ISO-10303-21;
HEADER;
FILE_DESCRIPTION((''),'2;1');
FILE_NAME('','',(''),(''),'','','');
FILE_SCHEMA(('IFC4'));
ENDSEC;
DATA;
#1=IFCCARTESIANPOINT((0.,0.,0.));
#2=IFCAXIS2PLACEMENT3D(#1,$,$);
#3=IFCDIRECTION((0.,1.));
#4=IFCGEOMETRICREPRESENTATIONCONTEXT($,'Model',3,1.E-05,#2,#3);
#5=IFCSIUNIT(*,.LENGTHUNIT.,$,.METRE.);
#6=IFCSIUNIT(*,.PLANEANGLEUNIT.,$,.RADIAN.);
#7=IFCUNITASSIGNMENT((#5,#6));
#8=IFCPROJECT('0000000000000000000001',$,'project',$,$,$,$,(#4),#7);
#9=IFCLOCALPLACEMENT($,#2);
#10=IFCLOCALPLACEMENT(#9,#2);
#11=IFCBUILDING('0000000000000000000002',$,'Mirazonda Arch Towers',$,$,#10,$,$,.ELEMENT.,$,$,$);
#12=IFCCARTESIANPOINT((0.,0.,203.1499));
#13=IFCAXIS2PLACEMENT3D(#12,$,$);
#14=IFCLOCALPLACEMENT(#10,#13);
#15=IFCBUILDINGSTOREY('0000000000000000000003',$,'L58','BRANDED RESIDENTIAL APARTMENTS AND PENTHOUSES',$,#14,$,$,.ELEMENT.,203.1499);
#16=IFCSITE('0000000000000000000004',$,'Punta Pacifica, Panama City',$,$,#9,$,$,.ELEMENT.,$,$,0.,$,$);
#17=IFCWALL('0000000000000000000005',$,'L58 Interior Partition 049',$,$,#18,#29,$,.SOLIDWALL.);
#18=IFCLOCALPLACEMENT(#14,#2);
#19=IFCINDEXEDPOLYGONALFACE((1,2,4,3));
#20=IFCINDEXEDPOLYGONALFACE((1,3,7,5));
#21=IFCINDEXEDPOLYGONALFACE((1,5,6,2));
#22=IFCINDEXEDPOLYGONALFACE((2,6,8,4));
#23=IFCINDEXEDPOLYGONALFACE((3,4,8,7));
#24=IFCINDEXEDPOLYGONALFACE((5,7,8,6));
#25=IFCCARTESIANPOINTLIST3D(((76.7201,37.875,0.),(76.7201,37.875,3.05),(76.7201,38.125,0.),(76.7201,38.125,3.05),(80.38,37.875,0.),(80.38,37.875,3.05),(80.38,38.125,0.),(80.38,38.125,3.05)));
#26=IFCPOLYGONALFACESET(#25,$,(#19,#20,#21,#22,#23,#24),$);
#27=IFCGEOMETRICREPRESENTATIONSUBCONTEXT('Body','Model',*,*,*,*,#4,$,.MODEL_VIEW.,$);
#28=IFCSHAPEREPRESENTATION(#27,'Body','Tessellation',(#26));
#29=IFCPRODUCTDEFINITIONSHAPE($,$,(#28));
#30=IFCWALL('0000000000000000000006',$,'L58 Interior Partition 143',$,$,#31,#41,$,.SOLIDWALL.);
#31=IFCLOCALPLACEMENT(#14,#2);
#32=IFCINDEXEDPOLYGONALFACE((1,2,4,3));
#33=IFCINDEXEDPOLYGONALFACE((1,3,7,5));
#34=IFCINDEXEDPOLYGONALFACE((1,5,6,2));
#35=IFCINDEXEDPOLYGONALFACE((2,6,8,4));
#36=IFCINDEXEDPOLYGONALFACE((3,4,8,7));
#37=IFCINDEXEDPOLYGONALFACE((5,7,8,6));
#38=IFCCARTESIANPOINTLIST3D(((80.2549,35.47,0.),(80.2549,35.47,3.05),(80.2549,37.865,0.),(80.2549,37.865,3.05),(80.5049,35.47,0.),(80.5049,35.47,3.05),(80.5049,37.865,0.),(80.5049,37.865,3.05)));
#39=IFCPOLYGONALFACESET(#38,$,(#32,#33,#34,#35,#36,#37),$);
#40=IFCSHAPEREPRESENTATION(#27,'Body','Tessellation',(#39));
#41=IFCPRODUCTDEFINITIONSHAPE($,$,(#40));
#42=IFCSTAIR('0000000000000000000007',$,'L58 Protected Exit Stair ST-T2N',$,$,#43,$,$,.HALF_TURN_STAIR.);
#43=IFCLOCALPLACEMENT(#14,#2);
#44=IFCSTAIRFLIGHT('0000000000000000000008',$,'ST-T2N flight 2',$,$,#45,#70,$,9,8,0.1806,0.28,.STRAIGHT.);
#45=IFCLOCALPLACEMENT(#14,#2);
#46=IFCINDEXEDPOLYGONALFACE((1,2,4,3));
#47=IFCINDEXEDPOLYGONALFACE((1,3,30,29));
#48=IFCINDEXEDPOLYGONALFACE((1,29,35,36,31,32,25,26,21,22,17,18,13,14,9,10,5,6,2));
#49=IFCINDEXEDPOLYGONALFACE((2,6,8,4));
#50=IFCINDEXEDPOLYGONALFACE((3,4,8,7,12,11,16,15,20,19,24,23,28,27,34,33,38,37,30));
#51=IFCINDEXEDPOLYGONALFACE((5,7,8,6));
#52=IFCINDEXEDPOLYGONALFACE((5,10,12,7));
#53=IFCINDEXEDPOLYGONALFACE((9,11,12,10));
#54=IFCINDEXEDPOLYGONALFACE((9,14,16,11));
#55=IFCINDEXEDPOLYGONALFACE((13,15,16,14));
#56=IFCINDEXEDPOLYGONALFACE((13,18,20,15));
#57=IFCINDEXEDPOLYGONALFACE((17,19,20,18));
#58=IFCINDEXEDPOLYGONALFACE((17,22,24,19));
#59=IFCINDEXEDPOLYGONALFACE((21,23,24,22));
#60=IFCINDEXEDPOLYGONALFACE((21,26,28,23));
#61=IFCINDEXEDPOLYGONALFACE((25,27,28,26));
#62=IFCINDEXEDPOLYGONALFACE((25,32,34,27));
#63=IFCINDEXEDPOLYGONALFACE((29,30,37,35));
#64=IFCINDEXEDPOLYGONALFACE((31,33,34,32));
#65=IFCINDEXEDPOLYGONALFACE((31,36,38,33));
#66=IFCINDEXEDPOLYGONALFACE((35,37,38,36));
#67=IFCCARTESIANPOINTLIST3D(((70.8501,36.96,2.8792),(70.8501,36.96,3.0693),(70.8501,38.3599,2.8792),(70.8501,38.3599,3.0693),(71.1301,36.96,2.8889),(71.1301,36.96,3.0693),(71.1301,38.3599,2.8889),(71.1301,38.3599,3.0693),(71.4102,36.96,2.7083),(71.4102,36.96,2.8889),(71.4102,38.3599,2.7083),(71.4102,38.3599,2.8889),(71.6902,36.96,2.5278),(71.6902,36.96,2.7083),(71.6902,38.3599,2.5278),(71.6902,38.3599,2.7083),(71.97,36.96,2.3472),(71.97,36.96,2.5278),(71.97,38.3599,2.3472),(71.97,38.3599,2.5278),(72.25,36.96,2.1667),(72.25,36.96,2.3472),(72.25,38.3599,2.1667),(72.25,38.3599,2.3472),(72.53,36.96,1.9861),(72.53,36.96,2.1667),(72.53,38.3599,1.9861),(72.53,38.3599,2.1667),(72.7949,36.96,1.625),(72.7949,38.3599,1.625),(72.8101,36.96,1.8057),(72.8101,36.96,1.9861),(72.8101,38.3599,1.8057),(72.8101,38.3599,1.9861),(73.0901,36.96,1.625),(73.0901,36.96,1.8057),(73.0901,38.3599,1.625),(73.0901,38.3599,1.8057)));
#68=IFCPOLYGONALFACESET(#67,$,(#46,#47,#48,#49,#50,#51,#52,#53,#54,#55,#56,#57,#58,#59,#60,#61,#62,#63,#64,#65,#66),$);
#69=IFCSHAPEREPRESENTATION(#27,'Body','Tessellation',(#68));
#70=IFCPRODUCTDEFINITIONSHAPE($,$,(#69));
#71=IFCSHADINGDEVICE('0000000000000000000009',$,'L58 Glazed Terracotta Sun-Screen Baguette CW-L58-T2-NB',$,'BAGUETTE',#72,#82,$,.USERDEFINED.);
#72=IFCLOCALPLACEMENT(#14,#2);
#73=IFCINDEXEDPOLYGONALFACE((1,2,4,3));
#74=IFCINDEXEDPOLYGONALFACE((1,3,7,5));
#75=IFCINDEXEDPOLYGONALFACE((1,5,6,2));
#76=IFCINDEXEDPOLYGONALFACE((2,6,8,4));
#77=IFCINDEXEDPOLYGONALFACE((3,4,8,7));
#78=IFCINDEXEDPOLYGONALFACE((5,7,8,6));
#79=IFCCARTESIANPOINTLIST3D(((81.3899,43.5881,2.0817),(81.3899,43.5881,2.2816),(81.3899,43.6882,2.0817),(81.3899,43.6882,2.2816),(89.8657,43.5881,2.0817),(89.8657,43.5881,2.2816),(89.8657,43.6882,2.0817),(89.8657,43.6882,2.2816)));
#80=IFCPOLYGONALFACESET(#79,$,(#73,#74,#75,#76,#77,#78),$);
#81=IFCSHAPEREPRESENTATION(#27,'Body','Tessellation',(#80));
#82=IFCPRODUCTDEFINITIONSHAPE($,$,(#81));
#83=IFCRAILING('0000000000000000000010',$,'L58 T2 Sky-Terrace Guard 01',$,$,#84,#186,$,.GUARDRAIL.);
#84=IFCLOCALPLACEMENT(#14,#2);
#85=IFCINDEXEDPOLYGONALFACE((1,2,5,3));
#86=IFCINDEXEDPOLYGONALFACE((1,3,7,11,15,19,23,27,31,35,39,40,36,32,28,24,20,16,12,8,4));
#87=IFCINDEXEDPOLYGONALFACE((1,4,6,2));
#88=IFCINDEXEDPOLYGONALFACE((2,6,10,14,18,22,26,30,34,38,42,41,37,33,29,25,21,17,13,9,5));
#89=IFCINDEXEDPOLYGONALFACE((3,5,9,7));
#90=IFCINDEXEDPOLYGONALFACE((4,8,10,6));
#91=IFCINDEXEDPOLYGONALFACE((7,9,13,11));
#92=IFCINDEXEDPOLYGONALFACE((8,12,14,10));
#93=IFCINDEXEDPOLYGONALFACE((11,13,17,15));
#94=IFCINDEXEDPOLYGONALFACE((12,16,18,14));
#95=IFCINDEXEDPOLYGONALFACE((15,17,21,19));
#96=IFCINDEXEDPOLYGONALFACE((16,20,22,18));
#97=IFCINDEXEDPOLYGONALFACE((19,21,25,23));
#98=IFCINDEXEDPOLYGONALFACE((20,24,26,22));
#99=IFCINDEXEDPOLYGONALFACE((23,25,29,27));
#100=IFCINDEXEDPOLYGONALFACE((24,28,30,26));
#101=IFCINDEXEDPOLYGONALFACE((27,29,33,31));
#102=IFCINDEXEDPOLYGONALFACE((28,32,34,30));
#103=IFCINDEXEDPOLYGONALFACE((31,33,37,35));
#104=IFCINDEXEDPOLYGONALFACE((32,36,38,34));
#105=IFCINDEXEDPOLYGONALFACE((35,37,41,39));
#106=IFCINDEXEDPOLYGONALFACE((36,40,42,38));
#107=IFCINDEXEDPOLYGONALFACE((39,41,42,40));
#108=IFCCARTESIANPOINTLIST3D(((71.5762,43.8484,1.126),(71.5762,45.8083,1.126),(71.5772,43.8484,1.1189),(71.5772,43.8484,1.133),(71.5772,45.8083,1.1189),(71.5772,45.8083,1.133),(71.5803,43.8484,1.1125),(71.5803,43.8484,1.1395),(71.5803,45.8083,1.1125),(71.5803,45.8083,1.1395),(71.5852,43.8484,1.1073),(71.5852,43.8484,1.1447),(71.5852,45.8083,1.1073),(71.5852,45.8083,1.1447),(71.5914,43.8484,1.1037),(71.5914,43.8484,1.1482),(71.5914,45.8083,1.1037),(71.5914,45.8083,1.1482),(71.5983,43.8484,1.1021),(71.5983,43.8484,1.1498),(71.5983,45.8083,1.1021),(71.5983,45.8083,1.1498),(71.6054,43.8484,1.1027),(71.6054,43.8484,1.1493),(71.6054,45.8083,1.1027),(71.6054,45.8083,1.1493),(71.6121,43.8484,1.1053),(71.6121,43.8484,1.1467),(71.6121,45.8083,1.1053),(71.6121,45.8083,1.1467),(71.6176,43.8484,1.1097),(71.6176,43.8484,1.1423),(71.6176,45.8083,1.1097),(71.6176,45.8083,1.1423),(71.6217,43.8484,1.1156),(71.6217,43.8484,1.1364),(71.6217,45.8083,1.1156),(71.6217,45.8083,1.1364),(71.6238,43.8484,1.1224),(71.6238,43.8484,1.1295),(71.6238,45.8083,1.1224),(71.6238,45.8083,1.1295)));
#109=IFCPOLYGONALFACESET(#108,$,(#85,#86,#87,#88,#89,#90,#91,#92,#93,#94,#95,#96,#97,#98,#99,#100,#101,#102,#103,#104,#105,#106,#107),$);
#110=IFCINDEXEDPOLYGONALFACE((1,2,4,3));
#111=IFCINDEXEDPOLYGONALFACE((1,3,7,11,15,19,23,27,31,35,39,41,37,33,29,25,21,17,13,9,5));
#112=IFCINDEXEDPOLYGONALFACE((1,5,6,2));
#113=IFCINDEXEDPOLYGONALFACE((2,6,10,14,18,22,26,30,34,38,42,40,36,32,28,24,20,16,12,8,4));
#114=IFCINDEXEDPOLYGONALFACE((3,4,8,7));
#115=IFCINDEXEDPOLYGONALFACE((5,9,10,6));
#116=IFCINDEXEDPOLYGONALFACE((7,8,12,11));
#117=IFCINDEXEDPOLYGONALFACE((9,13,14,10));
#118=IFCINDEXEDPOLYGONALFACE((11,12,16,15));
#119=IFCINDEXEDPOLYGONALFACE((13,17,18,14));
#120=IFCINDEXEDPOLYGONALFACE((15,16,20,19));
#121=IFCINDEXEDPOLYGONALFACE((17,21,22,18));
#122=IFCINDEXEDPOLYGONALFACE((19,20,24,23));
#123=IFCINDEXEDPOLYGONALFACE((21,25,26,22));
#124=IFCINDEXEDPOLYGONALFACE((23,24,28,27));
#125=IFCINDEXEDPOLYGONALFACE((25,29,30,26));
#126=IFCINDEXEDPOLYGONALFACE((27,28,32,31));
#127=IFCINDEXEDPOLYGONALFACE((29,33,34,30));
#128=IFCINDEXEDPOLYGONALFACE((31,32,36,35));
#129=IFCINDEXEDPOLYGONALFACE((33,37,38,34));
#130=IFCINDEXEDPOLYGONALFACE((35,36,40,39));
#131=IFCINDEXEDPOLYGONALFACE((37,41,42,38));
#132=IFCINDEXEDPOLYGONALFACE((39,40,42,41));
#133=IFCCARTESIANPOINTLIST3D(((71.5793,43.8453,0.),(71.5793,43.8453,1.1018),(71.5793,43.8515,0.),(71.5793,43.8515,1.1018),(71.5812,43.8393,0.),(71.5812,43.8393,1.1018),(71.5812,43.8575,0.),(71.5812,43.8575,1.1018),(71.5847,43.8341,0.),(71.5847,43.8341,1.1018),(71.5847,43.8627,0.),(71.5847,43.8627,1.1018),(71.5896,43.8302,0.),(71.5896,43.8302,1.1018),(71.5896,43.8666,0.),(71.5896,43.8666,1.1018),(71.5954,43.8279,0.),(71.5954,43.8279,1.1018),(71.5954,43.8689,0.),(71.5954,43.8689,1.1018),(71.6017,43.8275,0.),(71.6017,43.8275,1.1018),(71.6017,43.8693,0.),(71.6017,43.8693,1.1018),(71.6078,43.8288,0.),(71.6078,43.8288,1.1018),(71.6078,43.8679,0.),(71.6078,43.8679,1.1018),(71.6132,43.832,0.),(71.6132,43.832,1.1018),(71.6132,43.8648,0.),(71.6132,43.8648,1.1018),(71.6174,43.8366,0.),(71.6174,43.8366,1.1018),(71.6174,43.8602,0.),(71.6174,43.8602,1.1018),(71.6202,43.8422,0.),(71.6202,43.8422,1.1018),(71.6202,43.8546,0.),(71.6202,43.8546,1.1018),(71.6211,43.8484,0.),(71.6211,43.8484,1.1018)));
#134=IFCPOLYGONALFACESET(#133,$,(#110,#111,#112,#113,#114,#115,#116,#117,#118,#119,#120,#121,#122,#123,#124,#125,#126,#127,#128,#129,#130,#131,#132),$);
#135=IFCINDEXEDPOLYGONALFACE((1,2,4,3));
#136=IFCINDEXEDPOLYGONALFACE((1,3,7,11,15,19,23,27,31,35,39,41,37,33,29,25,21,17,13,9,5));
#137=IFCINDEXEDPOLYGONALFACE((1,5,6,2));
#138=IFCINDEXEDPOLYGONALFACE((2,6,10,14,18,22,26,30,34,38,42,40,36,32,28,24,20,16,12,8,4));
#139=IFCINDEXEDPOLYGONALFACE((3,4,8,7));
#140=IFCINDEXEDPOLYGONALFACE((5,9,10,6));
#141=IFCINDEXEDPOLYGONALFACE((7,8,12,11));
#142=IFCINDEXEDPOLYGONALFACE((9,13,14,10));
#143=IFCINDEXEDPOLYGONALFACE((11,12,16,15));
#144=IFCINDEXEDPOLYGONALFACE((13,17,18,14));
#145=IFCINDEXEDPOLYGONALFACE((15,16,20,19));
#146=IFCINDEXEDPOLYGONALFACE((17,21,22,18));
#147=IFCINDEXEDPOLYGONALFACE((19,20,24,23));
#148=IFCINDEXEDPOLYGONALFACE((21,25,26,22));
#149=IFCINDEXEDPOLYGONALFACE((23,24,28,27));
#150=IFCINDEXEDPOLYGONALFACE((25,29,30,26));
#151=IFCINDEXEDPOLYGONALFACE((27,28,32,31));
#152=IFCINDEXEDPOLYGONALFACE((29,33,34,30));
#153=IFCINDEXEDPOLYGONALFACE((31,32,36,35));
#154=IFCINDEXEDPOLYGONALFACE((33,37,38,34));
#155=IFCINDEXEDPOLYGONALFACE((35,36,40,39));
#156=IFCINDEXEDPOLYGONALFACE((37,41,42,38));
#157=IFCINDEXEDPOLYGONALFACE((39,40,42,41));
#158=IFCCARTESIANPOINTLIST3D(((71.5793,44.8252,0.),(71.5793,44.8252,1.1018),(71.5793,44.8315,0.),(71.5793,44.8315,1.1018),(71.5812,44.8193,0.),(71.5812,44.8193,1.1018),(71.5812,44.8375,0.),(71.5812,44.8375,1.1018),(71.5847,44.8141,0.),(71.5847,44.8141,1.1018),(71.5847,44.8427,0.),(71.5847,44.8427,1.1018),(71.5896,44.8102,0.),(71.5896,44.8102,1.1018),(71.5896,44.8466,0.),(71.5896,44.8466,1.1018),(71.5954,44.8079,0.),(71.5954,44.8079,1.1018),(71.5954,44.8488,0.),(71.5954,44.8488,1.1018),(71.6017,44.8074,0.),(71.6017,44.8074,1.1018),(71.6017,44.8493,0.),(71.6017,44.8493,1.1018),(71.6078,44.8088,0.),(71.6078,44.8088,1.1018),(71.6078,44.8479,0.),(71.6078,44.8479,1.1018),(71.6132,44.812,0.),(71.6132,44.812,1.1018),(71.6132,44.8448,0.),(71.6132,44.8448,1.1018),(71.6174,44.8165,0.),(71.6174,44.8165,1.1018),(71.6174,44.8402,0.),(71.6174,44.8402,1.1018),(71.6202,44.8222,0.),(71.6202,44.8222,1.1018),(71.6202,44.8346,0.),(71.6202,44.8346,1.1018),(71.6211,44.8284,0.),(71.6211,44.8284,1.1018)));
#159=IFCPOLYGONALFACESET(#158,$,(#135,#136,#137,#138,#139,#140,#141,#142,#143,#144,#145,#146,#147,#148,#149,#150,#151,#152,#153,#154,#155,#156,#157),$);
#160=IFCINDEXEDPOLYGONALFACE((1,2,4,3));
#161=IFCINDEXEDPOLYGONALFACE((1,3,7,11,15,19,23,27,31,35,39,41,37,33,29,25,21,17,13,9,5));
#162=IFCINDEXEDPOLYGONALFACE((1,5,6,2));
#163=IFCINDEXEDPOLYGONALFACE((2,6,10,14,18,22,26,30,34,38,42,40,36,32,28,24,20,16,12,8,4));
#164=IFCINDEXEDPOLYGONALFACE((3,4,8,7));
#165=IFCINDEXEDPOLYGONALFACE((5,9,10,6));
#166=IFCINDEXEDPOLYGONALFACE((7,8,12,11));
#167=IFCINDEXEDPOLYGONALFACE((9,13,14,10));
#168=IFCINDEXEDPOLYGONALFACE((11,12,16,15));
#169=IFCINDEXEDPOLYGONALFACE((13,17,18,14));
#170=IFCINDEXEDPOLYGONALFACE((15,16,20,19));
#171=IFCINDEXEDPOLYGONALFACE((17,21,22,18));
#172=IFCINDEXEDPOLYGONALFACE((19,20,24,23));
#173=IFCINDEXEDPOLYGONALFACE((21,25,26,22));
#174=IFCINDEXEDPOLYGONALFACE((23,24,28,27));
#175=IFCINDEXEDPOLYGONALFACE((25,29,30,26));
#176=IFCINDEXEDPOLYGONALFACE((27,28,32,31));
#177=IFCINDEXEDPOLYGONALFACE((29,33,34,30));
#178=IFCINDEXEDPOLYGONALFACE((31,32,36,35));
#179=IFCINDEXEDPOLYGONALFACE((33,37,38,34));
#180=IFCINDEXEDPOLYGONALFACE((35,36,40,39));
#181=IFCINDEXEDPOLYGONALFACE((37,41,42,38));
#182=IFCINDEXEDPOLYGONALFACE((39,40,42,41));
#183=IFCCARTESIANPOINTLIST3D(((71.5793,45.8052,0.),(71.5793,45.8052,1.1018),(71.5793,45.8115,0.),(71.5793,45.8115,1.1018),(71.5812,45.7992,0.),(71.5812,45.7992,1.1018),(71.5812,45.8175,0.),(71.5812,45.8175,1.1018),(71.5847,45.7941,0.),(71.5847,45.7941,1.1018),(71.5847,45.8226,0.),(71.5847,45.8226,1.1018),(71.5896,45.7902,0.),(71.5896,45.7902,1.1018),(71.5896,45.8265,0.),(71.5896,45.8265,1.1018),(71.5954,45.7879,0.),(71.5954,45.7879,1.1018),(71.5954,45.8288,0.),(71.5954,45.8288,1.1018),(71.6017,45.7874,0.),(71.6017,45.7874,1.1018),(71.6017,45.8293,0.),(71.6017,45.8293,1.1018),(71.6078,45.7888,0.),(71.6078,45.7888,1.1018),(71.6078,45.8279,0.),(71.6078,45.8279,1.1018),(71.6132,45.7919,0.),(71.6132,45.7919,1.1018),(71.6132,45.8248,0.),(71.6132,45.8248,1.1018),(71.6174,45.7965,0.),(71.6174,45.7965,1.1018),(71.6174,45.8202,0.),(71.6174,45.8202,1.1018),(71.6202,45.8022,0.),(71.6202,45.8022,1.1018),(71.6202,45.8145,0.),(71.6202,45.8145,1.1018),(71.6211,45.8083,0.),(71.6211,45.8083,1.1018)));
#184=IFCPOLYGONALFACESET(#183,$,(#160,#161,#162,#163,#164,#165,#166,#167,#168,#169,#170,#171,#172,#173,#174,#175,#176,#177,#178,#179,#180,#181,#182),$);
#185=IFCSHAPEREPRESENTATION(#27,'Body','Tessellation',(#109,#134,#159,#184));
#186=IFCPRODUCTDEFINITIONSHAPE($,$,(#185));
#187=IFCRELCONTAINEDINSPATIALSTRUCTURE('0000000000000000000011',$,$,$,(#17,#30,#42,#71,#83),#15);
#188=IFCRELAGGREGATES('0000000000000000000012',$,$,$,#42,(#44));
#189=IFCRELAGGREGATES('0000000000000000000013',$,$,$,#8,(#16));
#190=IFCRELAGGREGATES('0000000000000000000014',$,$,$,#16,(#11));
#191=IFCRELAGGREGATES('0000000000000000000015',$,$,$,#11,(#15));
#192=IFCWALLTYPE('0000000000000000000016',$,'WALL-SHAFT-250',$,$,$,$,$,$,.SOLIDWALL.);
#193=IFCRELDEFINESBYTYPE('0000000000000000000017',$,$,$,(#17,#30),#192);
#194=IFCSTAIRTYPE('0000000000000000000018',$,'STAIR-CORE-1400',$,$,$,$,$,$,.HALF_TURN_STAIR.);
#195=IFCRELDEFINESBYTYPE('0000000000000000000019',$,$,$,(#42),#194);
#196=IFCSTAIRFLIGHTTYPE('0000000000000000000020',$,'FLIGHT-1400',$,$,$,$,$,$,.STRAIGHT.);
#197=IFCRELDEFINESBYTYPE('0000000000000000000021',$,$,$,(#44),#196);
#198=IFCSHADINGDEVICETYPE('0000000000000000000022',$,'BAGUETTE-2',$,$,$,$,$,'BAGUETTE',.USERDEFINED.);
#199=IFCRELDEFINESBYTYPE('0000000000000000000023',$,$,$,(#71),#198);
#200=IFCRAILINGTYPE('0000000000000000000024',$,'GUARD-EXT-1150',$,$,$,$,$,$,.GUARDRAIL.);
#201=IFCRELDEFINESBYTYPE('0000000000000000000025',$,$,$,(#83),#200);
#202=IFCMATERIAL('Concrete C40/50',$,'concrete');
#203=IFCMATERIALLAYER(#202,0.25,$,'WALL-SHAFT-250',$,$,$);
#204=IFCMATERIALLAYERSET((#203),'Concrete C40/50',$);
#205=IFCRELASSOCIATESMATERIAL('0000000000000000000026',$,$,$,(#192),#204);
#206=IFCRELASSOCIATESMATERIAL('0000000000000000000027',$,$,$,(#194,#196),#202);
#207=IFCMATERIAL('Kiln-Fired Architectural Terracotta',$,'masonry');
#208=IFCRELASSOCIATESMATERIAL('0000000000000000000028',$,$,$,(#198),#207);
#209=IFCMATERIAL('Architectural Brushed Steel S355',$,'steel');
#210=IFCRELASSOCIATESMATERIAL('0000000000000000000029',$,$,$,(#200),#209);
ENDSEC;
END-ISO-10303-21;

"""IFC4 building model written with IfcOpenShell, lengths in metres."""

from ifc_helpers import new_model, si_unit, direction, frame, frame_2d, origin, origin_2d, place, context, subcontext, project, spatial, polyline, rectangle, circle, outline, extrude, material, layer, layer_set, material_profile, profile_set, type_object, element, aggregate, save


model = new_model("IFC4")

# Units and contexts
model_context = context("Model", 3, precision=1e-05, world=origin(), true_north=direction((0.0, 1.0)))
body_context = subcontext(model_context, "Body", "Model", "MODEL_VIEW")
ifc_project = project(units=[si_unit("LENGTHUNIT", "METRE"), si_unit("PLANEANGLEUNIT", "RADIAN")], contexts=[model_context])

# Site, building, storey
site_placement = place(None, origin())
site = spatial("IfcSite", under=ifc_project, at=site_placement, Name="Punta Pacifica, Panama City", CompositionType="ELEMENT", RefElevation=0.0)
building_placement = place(site_placement, origin())
building = spatial("IfcBuilding", under=site, at=building_placement, Name="Mirazonda Arch Towers", CompositionType="ELEMENT")
storey_placement = place(building_placement, frame((0.0, 0.0, 203.1499)))
storey = spatial("IfcBuildingStorey", under=building, at=storey_placement, Name="L58", Description="BRANDED RESIDENTIAL APARTMENTS AND PENTHOUSES", CompositionType="ELEMENT", Elevation=203.1499)

# Shared definitions
ifc_material_1 = material(Name="Concrete C40/50", Category="concrete")

# Shared definitions
ifc_material_2 = material(Name="Architectural Brushed Steel S355", Category="steel")

# Walls
ifc_layer_1 = layer(ifc_material_1, 0.25, Name="WALL-SHAFT-250")
ifc_layer_set_1 = layer_set([ifc_layer_1], Name="Concrete C40/50")
wall_type_1 = type_object("IfcWallType", Name="WALL-SHAFT-250", PredefinedType="SOLIDWALL", material=ifc_layer_set_1)
wall_1_placement = place(storey_placement, frame((76.72, 38.0, 0.0), z_axis=(0.0, 0.0, 1.0), x_axis=(1.0, 0.0, 0.0)))
element("IfcWall", 1, at=wall_1_placement, inside=storey, type_object=wall_type_1, Name="L58 Interior Partition 049", PredefinedType="SOLIDWALL", context=body_context, shape_type="SweptSolid", body=[
    extrude(rectangle(XDim=3.6599, YDim=0.25, at=frame_2d((1.8301, 0.0))), origin(), (0.0, 0.0, 1.0), 3.05),
])
wall_2_placement = place(storey_placement, frame((80.3799, 35.47, 0.0), z_axis=(0.0, 0.0, 1.0), x_axis=(0.0, 1.0, 0.0)))
element("IfcWall", 2, at=wall_2_placement, inside=storey, type_object=wall_type_1, Name="L58 Interior Partition 143", PredefinedType="SOLIDWALL", context=body_context, shape_type="SweptSolid", body=[
    extrude(rectangle(XDim=2.395, YDim=0.25, at=frame_2d((1.1975, 0.0))), origin(), (0.0, 0.0, 1.0), 3.05),
])

# Stair, stair flight
stair_type = type_object("IfcStairType", Name="STAIR-CORE-1400", PredefinedType="HALF_TURN_STAIR", material=ifc_material_1)
stair_placement = place(storey_placement, origin())
stair = element("IfcStair", 3, at=stair_placement, inside=storey, type_object=stair_type, Name="L58 Protected Exit Stair ST-T2N", PredefinedType="HALF_TURN_STAIR")
stair_flight_type = type_object("IfcStairFlightType", Name="FLIGHT-1400", PredefinedType="STRAIGHT", material=ifc_material_1)
stair_flight_placement = place(storey_placement, frame((73.0901, 37.6599, 1.625), z_axis=(0.0, 0.0, 1.0), x_axis=(-1.0, 0.0, 0.0)))
stair_flight = element("IfcStairFlight", 4, at=stair_flight_placement, type_object=stair_flight_type, Name="ST-T2N flight 2", NumberOfRisers=9, NumberOfTreads=8, PredefinedType="STRAIGHT", RiserHeight=0.1806, TreadLength=0.28, context=body_context, shape_type="SweptSolid", body=[
    extrude(outline(polyline([(0.0, 0.0), (0.0, 0.1807), (0.28, 0.1807), (0.28, 0.3611), (0.5601, 0.3611), (0.5601, 0.5417), (0.8401, 0.5417), (0.8401, 0.7222), (1.1201, 0.7222), (1.1201, 0.9028), (1.3999, 0.9028), (1.3999, 1.0833), (1.6799, 1.0833), (1.6799, 1.2639), (1.96, 1.2639), (1.96, 1.4443), (2.24, 1.4443), (2.24, 1.625), (2.24, 1.2542), (0.2952, 0.0), (0.0, 0.0)])), frame((0.0, 0.7, 0.0), z_axis=(0.0, -1.0, 0.0), x_axis=(1.0, 0.0, 0.0)), (0.0, 0.0, 1.0), 1.3999),
])
aggregate(stair, [stair_flight])

# Shading device
ifc_material_3 = material(Name="Kiln-Fired Architectural Terracotta", Category="masonry")
ifc_material_profile_1 = material_profile(ifc_material_3, rectangle(XDim=0.1001, YDim=0.2, at=origin_2d()), Name="TERRA-BAG-100x200")
ifc_profile_set_1 = profile_set([ifc_material_profile_1], Name="Kiln-Fired Architectural Terracotta")
shading_device_type = type_object("IfcShadingDeviceType", Name="BAGUETTE-2", ElementType="BAGUETTE", PredefinedType="USERDEFINED", material=ifc_profile_set_1)
shading_device_placement = place(storey_placement, frame((81.3899, 43.6382, 2.1816), z_axis=(1.0, 0.0, 0.0), x_axis=(0.0, 1.0, 0.0)))
element("IfcShadingDevice", 5, at=shading_device_placement, inside=storey, type_object=shading_device_type, Name="L58 Glazed Terracotta Sun-Screen Baguette CW-L58-T2-NB", ObjectType="BAGUETTE", PredefinedType="USERDEFINED", context=body_context, shape_type="SweptSolid", body=[
    extrude(rectangle(XDim=0.1001, YDim=0.2, at=origin_2d()), origin(), (0.0, 0.0, 1.0), 8.4758),
])

# Railing
railing_type_1 = type_object("IfcRailingType", Name="GUARD-EXT-1150", PredefinedType="GUARDRAIL", material=ifc_material_2)
railing_1_placement = place(storey_placement, frame((71.6001, 43.8484, 0.0)))
element("IfcRailing", 6, at=railing_1_placement, inside=storey, type_object=railing_type_1, Name="L58 T2 Sky-Terrace Guard 01", PredefinedType="GUARDRAIL", context=body_context, shape_type="SweptSolid", body=[
    extrude(circle(Radius=0.0239, at=origin_2d()), frame((0.0, 0.0, 1.126), z_axis=(0.0, 1.0, 0.0), x_axis=(-1.0, 0.0, 0.0)), (0.0, 0.0, 1.0), 1.96),
    extrude(circle(Radius=0.021, at=origin_2d()), origin(), (0.0, 0.0, 1.0), 1.1018),
    extrude(circle(Radius=0.021, at=origin_2d()), frame((0.0, 0.98, 0.0)), (0.0, 0.0, 1.0), 1.1018),
    extrude(circle(Radius=0.021, at=origin_2d()), frame((0.0, 1.96, 0.0)), (0.0, 0.0, 1.0), 1.1018),
])

save(model, "model.ifc")
